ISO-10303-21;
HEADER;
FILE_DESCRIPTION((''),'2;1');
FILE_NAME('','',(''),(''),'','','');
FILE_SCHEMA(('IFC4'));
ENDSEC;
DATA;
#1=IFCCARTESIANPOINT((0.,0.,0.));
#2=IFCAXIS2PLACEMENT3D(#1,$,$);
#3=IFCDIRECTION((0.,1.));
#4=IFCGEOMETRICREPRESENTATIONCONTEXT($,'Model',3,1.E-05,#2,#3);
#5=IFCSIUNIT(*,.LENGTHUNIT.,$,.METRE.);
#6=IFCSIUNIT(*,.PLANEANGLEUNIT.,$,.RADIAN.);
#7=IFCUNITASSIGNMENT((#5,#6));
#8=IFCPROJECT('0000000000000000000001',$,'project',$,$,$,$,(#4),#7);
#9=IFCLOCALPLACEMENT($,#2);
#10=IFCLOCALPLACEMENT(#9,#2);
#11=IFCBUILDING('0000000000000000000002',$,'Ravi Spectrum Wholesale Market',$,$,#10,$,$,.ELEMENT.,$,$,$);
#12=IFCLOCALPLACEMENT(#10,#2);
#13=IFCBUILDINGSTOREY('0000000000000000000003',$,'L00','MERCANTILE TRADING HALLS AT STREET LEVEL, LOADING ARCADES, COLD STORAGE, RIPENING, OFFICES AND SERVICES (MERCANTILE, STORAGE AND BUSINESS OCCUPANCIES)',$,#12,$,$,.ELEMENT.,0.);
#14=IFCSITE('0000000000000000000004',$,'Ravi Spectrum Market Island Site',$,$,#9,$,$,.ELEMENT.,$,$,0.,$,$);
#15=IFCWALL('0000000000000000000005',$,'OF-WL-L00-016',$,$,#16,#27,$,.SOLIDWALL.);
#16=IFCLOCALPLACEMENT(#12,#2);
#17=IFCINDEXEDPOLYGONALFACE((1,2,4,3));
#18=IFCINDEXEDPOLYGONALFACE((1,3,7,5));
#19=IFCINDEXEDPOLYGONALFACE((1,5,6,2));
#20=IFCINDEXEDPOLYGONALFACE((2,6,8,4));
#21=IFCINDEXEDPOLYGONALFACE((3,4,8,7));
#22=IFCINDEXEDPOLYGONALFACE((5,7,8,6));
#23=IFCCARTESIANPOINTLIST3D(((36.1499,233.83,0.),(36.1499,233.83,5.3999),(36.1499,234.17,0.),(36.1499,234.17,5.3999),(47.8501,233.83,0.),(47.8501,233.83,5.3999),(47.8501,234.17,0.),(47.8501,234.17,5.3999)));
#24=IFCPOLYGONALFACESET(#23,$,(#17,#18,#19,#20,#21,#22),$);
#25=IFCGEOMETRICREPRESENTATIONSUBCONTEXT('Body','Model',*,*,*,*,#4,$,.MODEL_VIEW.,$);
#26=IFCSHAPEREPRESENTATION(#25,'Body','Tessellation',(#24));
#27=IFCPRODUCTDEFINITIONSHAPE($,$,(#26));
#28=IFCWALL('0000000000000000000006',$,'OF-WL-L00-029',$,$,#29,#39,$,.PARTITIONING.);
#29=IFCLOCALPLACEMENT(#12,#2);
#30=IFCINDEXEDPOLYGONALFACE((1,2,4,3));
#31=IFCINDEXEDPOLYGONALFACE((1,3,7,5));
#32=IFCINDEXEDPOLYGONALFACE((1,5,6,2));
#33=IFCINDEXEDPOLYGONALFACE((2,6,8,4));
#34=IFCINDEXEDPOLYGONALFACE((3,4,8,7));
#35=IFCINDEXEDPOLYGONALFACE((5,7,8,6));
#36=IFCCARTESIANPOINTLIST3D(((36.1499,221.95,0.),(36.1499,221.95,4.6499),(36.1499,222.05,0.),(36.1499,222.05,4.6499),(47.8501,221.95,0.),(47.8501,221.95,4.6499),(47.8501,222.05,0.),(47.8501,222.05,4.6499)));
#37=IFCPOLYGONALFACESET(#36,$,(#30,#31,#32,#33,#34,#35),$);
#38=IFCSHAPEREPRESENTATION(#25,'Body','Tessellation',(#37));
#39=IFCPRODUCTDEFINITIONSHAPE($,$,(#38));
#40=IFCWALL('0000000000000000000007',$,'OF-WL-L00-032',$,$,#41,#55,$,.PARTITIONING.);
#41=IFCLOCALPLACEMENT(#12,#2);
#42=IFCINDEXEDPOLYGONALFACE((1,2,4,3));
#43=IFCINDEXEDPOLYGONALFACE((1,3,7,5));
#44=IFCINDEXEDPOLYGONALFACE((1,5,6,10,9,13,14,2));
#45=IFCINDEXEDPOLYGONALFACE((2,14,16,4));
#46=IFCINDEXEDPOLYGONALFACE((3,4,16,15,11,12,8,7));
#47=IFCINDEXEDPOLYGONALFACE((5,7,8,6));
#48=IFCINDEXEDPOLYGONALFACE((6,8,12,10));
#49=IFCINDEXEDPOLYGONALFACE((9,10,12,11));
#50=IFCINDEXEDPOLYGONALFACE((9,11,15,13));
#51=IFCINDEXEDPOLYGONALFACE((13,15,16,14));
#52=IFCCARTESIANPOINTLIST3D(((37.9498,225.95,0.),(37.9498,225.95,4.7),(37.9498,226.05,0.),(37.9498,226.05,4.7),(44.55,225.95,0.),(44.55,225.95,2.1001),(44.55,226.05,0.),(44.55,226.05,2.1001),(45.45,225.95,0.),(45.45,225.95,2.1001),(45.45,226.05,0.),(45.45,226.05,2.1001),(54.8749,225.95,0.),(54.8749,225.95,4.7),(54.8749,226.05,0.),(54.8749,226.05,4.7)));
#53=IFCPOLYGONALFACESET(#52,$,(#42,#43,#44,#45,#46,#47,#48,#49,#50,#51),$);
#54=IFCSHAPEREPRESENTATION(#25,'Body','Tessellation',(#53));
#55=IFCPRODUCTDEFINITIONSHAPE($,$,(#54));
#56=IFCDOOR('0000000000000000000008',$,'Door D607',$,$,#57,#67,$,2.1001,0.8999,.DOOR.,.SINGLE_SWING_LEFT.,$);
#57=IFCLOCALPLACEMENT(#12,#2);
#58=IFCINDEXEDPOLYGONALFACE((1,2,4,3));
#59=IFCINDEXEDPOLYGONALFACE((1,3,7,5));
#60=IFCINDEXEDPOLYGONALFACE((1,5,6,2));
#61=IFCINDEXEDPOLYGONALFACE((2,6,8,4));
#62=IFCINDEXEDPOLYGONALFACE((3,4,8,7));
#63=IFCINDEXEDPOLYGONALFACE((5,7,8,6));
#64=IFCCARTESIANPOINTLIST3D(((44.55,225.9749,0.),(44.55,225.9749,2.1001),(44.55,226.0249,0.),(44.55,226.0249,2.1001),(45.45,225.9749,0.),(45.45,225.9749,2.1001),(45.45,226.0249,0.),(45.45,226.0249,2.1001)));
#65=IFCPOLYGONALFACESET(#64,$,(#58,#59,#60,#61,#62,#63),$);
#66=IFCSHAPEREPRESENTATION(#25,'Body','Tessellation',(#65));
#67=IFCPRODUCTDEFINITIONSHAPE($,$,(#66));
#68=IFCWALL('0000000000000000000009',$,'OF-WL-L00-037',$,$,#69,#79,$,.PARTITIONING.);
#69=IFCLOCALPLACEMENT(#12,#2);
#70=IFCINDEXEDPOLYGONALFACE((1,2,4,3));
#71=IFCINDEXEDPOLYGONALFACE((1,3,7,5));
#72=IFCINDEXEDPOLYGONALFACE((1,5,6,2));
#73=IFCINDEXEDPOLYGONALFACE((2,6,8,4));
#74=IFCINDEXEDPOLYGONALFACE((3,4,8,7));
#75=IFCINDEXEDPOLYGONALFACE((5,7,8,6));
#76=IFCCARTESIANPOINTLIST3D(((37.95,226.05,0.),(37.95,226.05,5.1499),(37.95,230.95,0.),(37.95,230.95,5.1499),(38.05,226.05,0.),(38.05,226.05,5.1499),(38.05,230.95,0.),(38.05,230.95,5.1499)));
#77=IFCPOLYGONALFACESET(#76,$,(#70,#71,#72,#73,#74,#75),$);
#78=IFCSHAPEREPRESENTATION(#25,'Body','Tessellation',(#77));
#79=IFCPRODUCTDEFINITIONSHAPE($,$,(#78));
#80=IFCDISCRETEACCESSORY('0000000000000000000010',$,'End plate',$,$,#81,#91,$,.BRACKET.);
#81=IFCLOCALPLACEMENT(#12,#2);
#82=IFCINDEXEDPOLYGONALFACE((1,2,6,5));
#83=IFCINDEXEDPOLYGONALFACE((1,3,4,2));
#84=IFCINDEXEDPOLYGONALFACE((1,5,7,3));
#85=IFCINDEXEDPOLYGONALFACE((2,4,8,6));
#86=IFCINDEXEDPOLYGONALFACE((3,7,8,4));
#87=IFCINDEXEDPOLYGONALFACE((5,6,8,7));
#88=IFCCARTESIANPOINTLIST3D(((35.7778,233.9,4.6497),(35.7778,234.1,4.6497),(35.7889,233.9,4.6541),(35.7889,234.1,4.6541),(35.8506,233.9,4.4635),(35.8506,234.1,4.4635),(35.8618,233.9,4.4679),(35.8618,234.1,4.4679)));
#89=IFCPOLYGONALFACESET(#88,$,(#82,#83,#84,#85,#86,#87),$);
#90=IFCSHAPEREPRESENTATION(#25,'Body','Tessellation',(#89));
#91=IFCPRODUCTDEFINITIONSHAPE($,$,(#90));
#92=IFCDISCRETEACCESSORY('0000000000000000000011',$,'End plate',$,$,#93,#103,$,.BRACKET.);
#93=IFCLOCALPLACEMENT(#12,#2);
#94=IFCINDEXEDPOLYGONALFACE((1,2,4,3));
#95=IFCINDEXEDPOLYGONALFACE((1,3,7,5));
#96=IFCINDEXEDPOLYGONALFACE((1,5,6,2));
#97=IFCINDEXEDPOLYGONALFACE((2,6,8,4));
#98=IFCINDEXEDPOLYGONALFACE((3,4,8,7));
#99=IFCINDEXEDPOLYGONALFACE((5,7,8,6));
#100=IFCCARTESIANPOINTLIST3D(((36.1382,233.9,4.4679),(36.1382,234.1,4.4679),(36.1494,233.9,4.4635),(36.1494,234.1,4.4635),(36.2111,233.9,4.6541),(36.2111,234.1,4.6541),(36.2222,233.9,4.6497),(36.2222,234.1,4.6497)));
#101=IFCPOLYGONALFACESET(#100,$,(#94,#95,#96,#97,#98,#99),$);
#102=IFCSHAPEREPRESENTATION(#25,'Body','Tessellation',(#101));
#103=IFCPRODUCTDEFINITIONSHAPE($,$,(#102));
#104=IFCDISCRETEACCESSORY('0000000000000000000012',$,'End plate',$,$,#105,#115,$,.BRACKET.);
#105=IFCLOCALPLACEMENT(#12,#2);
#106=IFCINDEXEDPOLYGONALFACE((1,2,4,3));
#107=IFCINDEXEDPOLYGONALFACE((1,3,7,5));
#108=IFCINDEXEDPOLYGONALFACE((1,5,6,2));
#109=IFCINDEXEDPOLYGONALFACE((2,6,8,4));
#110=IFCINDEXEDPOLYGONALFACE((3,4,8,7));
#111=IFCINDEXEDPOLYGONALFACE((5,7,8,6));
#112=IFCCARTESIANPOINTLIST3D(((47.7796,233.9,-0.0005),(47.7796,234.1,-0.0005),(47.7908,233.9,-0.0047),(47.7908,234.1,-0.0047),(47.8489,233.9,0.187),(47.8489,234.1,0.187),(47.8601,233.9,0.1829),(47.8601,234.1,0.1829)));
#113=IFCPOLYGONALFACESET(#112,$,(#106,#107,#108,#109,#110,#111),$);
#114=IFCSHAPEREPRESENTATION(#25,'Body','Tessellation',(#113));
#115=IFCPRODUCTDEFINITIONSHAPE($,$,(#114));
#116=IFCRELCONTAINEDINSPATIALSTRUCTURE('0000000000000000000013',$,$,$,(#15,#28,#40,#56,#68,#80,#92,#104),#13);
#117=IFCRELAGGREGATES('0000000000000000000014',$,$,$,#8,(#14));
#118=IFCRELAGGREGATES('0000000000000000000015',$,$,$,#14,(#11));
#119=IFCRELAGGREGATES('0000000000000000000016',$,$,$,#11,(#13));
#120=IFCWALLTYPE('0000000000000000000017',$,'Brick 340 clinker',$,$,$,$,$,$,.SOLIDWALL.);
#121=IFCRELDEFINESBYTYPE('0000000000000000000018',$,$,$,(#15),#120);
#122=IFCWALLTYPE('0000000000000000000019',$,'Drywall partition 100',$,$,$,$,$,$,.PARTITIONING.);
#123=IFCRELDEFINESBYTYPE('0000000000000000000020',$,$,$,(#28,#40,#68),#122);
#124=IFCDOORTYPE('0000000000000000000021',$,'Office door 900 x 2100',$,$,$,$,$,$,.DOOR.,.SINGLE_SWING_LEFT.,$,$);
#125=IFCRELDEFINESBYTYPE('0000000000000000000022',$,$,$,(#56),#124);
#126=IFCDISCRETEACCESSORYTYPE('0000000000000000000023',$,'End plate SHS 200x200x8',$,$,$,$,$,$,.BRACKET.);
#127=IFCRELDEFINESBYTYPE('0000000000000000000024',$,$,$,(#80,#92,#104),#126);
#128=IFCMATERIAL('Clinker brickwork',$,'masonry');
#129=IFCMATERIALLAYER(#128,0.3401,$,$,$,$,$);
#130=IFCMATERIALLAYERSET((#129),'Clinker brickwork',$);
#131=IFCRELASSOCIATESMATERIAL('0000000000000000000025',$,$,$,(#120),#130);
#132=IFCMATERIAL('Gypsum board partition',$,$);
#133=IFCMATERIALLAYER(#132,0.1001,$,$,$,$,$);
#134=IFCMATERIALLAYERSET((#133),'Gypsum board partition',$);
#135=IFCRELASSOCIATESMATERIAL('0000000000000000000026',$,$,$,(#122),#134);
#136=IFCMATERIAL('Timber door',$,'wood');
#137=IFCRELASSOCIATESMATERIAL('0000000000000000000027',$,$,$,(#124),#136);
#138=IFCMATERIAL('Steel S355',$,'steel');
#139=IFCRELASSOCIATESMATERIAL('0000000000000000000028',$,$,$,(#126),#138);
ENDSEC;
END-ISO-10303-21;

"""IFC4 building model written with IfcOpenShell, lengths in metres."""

from ifc_helpers import new_model, si_unit, direction, frame, frame_2d, origin, origin_2d, place, context, subcontext, project, spatial, rectangle, extrude, material, layer, layer_set, material_profile, profile_set, type_object, element, fill, save


model = new_model("IFC4")

# Units and contexts
model_context = context("Model", 3, precision=1e-05, world=origin(), true_north=direction((0.0, 1.0)))
body_context = subcontext(model_context, "Body", "Model", "MODEL_VIEW")
ifc_project = project(units=[si_unit("LENGTHUNIT", "METRE"), si_unit("PLANEANGLEUNIT", "RADIAN")], contexts=[model_context])

# Site, building, storey
site_placement = place(None, origin())
site = spatial("IfcSite", under=ifc_project, at=site_placement, Name="Ravi Spectrum Market Island Site", CompositionType="ELEMENT", RefElevation=0.0)
building_placement = place(site_placement, origin())
building = spatial("IfcBuilding", under=site, at=building_placement, Name="Ravi Spectrum Wholesale Market", CompositionType="ELEMENT")
storey_placement = place(building_placement, origin())
storey = spatial("IfcBuildingStorey", under=building, at=storey_placement, Name="L00", Description="MERCANTILE TRADING HALLS AT STREET LEVEL, LOADING ARCADES, COLD STORAGE, RIPENING, OFFICES AND SERVICES (MERCANTILE, STORAGE AND BUSINESS OCCUPANCIES)", CompositionType="ELEMENT", Elevation=0.0)

# Walls
ifc_material_1 = material(Name="Clinker brickwork", Category="masonry")
ifc_layer_1 = layer(ifc_material_1, 0.3401)
ifc_layer_set_1 = layer_set([ifc_layer_1], Name="Clinker brickwork")
wall_type_1 = type_object("IfcWallType", Name="Brick 340 clinker", PredefinedType="SOLIDWALL", material=ifc_layer_set_1)
wall_1_placement = place(storey_placement, frame((36.1499, 234.0, 0.0), z_axis=(0.0, 0.0, 1.0), x_axis=(1.0, 0.0, 0.0)))
element("IfcWall", 1, at=wall_1_placement, inside=storey, type_object=wall_type_1, Name="OF-WL-L00-016", PredefinedType="SOLIDWALL", context=body_context, shape_type="SweptSolid", body=[
    extrude(rectangle(XDim=11.7002, YDim=0.3401, at=frame_2d((5.8501, 0.0))), origin(), (0.0, 0.0, 1.0), 5.3999),
])
ifc_material_2 = material(Name="Gypsum board partition")
ifc_layer_2 = layer(ifc_material_2, 0.1001)
ifc_layer_set_2 = layer_set([ifc_layer_2], Name="Gypsum board partition")
wall_type_2 = type_object("IfcWallType", Name="Drywall partition 100", PredefinedType="PARTITIONING", material=ifc_layer_set_2)
wall_2_placement = place(storey_placement, frame((36.1499, 222.0, 0.0), z_axis=(0.0, 0.0, 1.0), x_axis=(1.0, 0.0, 0.0)))
element("IfcWall", 2, at=wall_2_placement, inside=storey, type_object=wall_type_2, Name="OF-WL-L00-029", PredefinedType="PARTITIONING", context=body_context, shape_type="SweptSolid", body=[
    extrude(rectangle(XDim=11.7002, YDim=0.1001, at=frame_2d((5.8501, 0.0))), origin(), (0.0, 0.0, 1.0), 4.6499),
])

# Wall, opening, door
wall_3_placement = place(storey_placement, frame((37.95, 226.0, 0.0), z_axis=(0.0, 0.0, 1.0), x_axis=(1.0, 0.0, 0.0)))
wall_3 = element("IfcWall", 3, at=wall_3_placement, inside=storey, type_object=wall_type_2, Name="OF-WL-L00-032", PredefinedType="PARTITIONING", context=body_context, shape_type="SweptSolid", body=[
    extrude(rectangle(XDim=16.925, YDim=0.1001, at=frame_2d((8.4624, 0.0))), origin(), (0.0, 0.0, 1.0), 4.7),
])
opening_1_placement = place(wall_3_placement, frame((6.6001, 0.0, 0.0)))
opening_1 = element("IfcOpeningElement", 4, at=opening_1_placement, cuts=wall_3, PredefinedType="OPENING", context=body_context, shape_type="SweptSolid", body=[
    extrude(rectangle(XDim=0.8999, YDim=2.1001, at=frame_2d((0.45, 1.05))), frame((0.0, 0.0601, 0.0), z_axis=(0.0, -1.0, 0.0), x_axis=(1.0, 0.0, 0.0)), (0.0, 0.0, 1.0), 0.1201),
])
ifc_material_3 = material(Name="Timber door", Category="wood")
door_type_1 = type_object("IfcDoorType", Name="Office door 900 x 2100", OperationType="SINGLE_SWING_LEFT", PredefinedType="DOOR", material=ifc_material_3)
door_1_placement = place(opening_1_placement, origin())
door_1 = element("IfcDoor", 5, at=door_1_placement, inside=storey, type_object=door_type_1, Name="Door D607", OperationType="SINGLE_SWING_LEFT", OverallHeight=2.1001, OverallWidth=0.8999, PredefinedType="DOOR", context=body_context, shape_type="SweptSolid", body=[
    extrude(rectangle(XDim=0.8999, YDim=2.1001, at=frame_2d((0.45, 1.05))), frame((0.0, 0.0249, 0.0), z_axis=(0.0, -1.0, 0.0), x_axis=(1.0, 0.0, 0.0)), (0.0, 0.0, 1.0), 0.05),
])
fill(opening_1, door_1)

# Wall
wall_4_placement = place(storey_placement, frame((38.0, 226.05, 0.0), z_axis=(0.0, 0.0, 1.0), x_axis=(0.0, 1.0, 0.0)))
element("IfcWall", 6, at=wall_4_placement, inside=storey, type_object=wall_type_2, Name="OF-WL-L00-037", PredefinedType="PARTITIONING", context=body_context, shape_type="SweptSolid", body=[
    extrude(rectangle(XDim=4.8999, YDim=0.1001, at=frame_2d((2.45, 0.0))), origin(), (0.0, 0.0, 1.0), 5.1499),
])

# Discrete accessories
ifc_material_4 = material(Name="Steel S355", Category="steel")
ifc_material_profile_1 = material_profile(ifc_material_4, rectangle(XDim=0.2, YDim=0.2, at=origin_2d()))
ifc_profile_set_1 = profile_set([ifc_material_profile_1], Name="Steel S355")
discrete_accessory_type = type_object("IfcDiscreteAccessoryType", Name="End plate SHS 200x200x8", PredefinedType="BRACKET", material=ifc_profile_set_1)
for number, where, z_axis, x_axis, name in (
    (7, (35.8142, 234.0, 4.5566), (0.931243, 0.0, 0.364399), (0.0, 1.0, 0.0), "End plate"),
    (8, (36.1858, 234.0, 4.5566), (-0.931243, 0.0, 0.364399), (0.0, -1.0, 0.0), "End plate"),
    (9, (47.8142, 234.0, 0.0933), (0.937994, 0.0, -0.34665), (0.0, 1.0, 0.0), "End plate"),
):
    element("IfcDiscreteAccessory", number, at=place(storey_placement, frame(where, z_axis=z_axis, x_axis=x_axis)), inside=storey, type_object=discrete_accessory_type, Name=name, PredefinedType="BRACKET", context=body_context, shape_type="SweptSolid", body=[
        extrude(rectangle(XDim=0.2, YDim=0.2, at=origin_2d()), origin(), (0.0, 0.0, 1.0), 0.012),
    ])

save(model, "model.ifc")
